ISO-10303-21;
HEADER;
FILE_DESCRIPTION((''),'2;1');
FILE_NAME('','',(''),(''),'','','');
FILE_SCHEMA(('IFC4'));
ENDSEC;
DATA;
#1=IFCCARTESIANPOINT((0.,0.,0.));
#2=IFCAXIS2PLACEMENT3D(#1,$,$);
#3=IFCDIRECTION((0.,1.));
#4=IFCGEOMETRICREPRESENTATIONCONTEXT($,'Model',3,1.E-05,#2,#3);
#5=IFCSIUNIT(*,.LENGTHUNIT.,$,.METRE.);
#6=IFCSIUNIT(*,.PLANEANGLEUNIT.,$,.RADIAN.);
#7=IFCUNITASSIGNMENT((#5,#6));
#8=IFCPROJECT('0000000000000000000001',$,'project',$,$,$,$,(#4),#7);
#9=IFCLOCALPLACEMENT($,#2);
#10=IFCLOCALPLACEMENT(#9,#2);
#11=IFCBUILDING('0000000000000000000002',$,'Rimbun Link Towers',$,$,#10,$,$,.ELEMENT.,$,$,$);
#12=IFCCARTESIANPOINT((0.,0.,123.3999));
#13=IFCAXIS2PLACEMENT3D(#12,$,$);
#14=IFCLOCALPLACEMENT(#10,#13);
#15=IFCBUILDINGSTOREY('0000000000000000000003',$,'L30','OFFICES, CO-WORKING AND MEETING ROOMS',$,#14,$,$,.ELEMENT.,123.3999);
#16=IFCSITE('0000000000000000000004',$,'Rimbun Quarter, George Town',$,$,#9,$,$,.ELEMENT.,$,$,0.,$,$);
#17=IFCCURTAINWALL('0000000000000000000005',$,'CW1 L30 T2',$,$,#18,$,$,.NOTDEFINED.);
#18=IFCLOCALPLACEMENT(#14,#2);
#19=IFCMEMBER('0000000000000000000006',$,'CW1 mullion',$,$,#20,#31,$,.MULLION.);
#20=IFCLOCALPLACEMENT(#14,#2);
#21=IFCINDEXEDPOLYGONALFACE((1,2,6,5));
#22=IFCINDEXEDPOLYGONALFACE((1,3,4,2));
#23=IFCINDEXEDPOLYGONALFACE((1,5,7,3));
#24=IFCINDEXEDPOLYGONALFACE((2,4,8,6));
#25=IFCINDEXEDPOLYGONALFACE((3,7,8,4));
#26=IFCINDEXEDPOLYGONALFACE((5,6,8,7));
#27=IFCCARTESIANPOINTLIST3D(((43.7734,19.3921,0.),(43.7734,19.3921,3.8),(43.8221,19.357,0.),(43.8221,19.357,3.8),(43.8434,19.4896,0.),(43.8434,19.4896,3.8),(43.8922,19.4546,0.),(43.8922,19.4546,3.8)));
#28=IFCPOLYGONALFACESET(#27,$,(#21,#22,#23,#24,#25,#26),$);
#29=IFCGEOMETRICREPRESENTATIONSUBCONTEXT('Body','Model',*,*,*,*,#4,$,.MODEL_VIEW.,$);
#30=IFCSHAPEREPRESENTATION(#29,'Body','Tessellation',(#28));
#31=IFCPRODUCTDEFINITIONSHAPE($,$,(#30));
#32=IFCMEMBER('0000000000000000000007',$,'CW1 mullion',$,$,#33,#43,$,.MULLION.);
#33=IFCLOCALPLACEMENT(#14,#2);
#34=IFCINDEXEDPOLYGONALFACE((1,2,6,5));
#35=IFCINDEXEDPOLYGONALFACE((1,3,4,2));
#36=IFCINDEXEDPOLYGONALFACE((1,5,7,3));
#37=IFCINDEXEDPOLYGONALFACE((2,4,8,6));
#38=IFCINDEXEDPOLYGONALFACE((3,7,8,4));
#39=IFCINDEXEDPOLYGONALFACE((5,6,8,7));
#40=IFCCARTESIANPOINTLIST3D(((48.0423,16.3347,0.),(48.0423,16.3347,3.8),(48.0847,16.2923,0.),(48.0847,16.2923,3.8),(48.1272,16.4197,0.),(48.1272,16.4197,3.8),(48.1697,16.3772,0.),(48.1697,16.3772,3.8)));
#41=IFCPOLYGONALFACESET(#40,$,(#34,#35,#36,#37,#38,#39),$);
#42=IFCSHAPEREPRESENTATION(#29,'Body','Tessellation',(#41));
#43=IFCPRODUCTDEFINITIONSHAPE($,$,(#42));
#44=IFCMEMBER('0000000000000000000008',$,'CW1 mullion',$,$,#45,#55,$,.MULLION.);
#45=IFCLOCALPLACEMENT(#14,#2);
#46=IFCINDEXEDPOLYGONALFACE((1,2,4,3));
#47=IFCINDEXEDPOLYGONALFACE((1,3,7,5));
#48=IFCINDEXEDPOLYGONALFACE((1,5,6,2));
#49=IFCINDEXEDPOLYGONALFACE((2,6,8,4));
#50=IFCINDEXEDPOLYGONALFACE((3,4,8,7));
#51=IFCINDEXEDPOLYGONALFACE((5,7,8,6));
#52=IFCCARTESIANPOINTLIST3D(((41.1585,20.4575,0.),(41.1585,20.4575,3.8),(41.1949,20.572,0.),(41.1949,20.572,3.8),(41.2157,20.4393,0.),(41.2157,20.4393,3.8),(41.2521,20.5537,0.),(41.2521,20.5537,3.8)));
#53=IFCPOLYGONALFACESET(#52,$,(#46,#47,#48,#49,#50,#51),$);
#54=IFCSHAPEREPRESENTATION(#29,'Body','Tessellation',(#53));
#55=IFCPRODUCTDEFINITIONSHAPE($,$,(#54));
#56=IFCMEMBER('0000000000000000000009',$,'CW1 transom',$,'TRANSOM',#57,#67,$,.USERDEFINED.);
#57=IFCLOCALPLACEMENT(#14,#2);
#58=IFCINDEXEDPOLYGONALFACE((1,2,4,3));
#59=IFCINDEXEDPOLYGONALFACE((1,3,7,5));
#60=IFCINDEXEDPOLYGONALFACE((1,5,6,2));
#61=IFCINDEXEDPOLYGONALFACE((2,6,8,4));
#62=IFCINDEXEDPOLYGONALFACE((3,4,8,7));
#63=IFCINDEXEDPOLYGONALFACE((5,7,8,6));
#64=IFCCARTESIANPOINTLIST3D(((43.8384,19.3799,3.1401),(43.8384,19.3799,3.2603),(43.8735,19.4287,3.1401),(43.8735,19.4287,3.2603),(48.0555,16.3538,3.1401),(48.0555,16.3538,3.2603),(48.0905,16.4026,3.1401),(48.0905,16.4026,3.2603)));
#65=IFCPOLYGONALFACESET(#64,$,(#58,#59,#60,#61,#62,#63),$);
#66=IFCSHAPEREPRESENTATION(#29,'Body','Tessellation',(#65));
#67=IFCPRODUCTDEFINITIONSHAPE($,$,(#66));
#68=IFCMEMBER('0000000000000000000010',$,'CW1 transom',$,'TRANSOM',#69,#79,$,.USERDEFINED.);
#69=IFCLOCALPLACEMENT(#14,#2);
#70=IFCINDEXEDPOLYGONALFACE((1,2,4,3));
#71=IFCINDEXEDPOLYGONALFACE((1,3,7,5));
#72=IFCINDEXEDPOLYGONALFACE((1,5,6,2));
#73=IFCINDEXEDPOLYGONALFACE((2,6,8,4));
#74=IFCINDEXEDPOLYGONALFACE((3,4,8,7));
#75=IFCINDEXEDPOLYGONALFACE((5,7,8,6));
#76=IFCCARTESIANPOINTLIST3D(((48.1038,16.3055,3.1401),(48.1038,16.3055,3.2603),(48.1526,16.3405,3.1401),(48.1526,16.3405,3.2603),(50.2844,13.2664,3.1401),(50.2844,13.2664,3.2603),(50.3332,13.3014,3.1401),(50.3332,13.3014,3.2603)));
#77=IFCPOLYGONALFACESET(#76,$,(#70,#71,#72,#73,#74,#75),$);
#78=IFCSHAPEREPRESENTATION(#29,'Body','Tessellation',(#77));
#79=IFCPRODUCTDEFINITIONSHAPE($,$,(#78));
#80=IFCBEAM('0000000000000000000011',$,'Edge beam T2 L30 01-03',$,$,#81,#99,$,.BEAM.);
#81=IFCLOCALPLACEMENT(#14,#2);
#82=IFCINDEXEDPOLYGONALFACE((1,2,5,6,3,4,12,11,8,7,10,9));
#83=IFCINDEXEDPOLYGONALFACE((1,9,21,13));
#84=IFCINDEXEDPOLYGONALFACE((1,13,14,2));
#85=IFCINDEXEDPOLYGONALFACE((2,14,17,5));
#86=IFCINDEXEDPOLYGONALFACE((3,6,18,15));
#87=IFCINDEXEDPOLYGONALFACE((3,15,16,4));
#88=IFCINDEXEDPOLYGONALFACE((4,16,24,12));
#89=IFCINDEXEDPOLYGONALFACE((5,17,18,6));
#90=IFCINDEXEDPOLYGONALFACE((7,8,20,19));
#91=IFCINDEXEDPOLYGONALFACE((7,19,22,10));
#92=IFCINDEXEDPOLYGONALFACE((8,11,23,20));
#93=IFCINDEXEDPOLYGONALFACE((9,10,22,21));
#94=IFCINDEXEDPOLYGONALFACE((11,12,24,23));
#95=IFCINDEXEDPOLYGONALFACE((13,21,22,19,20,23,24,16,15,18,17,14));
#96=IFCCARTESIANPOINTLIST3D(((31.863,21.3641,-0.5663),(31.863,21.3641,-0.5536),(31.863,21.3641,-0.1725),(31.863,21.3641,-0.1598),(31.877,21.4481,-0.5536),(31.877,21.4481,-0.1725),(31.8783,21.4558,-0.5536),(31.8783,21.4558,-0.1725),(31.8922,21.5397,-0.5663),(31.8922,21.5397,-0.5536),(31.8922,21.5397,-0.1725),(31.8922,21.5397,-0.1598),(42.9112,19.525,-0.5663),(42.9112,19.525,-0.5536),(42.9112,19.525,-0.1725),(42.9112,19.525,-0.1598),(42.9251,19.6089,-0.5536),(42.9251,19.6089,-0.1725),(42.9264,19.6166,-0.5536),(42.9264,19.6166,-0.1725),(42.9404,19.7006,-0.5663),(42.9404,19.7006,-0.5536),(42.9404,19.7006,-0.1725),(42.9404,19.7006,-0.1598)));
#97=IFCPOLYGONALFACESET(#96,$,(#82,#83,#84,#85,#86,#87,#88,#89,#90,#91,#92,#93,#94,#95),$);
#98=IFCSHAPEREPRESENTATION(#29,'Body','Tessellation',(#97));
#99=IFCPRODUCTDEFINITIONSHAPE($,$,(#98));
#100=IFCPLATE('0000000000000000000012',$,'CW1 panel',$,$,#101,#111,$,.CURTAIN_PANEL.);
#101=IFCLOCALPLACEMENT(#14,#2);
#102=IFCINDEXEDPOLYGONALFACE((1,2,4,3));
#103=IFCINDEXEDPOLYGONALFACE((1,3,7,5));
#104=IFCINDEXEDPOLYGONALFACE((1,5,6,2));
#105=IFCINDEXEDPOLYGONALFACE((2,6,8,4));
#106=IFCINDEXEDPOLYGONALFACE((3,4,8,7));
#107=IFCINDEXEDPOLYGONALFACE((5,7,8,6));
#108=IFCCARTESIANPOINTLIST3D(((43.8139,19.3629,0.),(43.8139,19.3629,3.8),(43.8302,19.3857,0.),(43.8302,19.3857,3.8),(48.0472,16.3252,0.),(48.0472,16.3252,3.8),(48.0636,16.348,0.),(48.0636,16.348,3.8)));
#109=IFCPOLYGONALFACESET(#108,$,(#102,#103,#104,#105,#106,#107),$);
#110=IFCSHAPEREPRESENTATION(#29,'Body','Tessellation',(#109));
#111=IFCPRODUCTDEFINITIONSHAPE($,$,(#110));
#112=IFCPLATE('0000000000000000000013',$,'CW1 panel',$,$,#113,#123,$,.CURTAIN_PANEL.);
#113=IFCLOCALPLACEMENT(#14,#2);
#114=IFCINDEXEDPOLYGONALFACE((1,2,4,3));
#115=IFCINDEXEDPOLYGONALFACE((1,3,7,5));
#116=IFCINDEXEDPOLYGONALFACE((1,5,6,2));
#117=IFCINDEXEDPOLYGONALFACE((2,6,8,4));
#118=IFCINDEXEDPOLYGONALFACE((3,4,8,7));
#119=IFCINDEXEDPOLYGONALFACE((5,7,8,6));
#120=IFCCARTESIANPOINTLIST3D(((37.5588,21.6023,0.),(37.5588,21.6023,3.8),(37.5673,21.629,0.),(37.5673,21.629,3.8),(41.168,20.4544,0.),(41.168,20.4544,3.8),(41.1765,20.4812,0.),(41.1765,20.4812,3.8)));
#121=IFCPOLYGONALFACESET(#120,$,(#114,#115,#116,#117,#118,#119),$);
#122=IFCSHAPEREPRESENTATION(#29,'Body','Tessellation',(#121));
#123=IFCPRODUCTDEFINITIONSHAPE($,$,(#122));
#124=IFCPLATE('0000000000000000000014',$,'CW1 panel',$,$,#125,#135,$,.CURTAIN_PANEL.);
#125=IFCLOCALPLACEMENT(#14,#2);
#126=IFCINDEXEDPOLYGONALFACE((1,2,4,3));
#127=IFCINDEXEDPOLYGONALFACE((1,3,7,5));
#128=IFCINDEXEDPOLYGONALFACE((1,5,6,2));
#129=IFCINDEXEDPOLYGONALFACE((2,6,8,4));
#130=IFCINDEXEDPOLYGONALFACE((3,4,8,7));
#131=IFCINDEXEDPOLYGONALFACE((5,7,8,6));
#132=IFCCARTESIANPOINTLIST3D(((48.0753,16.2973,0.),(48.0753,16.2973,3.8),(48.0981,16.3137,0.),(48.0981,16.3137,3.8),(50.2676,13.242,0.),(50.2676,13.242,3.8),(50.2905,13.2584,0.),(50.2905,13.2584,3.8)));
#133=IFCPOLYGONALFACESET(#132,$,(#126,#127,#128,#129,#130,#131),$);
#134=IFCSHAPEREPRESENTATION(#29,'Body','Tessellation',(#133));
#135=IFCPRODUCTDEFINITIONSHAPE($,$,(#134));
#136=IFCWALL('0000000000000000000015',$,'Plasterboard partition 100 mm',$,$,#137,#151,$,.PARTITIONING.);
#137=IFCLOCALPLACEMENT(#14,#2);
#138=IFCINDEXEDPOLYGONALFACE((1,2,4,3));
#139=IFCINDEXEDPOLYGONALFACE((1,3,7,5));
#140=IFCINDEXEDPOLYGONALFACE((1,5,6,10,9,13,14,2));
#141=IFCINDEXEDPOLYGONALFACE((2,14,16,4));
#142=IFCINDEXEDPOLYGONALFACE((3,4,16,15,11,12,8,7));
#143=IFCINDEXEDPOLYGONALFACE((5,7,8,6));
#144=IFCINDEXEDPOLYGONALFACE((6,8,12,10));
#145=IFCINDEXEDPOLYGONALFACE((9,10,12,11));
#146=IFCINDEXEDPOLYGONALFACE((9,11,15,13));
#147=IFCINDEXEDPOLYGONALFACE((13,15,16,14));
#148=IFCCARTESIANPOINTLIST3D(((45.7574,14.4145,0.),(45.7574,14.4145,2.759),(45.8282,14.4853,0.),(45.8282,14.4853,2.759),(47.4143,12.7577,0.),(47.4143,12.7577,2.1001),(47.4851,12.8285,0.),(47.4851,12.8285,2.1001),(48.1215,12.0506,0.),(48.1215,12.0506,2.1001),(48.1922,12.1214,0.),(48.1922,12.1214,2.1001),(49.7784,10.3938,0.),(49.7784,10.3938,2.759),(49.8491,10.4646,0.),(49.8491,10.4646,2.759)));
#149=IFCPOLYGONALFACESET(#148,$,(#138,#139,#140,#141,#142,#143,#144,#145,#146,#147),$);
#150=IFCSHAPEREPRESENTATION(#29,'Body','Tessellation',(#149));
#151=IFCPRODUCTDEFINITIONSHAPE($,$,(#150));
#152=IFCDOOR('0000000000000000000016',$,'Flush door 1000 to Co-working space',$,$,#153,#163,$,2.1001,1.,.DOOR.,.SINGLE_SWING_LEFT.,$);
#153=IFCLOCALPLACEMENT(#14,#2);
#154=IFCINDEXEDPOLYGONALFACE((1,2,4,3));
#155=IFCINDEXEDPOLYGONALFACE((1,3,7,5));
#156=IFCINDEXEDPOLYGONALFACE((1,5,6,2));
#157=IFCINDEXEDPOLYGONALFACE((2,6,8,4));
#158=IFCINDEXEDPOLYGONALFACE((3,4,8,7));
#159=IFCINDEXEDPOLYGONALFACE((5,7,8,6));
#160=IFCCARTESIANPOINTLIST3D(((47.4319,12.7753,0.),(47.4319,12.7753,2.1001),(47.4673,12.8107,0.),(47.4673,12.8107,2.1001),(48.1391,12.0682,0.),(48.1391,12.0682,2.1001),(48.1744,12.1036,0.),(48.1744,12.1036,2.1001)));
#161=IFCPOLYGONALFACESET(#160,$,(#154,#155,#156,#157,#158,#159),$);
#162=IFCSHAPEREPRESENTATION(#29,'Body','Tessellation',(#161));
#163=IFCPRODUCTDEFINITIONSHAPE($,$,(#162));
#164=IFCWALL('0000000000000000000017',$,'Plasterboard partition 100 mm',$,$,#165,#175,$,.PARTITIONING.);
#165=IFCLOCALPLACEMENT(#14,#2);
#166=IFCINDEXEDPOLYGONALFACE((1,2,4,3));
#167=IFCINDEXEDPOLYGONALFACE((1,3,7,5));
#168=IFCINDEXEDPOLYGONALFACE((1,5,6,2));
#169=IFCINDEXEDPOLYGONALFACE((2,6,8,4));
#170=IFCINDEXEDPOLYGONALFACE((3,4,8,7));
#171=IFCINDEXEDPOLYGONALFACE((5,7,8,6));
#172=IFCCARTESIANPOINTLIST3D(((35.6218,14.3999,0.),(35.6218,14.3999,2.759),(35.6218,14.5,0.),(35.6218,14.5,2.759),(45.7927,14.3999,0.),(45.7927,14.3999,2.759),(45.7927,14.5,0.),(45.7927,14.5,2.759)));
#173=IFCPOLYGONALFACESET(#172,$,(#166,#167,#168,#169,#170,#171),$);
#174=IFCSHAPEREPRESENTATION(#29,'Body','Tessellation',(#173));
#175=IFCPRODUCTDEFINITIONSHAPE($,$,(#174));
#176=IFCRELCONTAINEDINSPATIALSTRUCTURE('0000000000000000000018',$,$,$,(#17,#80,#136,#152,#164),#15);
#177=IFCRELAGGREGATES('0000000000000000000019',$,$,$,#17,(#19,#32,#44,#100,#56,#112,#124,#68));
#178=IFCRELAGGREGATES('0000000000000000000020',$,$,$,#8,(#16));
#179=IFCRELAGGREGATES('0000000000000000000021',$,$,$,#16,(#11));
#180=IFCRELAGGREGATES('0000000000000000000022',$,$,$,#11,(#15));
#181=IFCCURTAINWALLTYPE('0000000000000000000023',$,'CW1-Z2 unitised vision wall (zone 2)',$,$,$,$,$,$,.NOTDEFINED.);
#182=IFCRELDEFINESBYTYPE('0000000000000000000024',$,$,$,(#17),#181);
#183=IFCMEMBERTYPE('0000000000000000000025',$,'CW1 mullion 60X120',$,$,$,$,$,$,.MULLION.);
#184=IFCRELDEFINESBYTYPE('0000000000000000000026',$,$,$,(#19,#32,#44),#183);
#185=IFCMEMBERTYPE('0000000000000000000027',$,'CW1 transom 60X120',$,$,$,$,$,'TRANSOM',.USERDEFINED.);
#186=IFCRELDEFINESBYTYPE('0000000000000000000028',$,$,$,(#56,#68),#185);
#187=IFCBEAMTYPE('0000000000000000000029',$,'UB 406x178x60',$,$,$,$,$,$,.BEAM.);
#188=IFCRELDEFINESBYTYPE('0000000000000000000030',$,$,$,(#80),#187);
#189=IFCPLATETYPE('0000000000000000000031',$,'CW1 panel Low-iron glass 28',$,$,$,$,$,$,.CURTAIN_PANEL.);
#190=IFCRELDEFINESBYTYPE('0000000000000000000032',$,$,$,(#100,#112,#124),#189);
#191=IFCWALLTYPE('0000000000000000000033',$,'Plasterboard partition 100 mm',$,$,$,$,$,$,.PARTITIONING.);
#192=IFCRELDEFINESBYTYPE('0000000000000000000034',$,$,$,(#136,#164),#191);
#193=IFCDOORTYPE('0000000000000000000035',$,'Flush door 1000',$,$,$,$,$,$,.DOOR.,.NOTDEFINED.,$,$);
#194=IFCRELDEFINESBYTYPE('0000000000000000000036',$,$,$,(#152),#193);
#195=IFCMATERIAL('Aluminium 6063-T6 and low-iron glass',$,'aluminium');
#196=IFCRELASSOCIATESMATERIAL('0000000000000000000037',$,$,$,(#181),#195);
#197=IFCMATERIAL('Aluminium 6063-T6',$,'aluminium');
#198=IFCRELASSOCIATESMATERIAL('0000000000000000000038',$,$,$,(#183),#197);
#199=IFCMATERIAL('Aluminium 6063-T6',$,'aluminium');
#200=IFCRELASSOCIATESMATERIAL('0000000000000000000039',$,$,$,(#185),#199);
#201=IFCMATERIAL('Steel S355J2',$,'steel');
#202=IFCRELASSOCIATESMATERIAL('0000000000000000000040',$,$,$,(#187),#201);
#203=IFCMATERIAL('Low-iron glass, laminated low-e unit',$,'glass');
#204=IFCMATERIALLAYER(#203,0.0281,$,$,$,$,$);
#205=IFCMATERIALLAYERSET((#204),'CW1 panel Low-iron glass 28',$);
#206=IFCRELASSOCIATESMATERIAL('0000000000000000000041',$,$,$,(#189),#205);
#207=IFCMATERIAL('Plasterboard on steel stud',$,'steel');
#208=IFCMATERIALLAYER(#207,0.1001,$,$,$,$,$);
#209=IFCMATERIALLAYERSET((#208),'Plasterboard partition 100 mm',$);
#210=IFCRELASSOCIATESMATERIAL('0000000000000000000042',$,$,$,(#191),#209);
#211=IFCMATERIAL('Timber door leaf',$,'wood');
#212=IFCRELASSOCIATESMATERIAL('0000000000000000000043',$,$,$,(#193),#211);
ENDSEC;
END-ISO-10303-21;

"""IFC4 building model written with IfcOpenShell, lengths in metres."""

from ifc_helpers import new_model, si_unit, direction, frame, frame_2d, origin, origin_2d, place, context, subcontext, project, spatial, rectangle, i_section, extrude, material, layer, layer_set, material_profile, profile_set, type_object, element, fill, aggregate, save


model = new_model("IFC4")

# Units and contexts
model_context = context("Model", 3, precision=1e-05, world=origin(), true_north=direction((0.0, 1.0)))
body_context = subcontext(model_context, "Body", "Model", "MODEL_VIEW")
ifc_project = project(units=[si_unit("LENGTHUNIT", "METRE"), si_unit("PLANEANGLEUNIT", "RADIAN")], contexts=[model_context])

# Site, building, storey
site_placement = place(None, origin())
site = spatial("IfcSite", under=ifc_project, at=site_placement, Name="Rimbun Quarter, George Town", CompositionType="ELEMENT", RefElevation=0.0)
building_placement = place(site_placement, origin())
building = spatial("IfcBuilding", under=site, at=building_placement, Name="Rimbun Link Towers", CompositionType="ELEMENT")
storey_placement = place(building_placement, frame((0.0, 0.0, 123.3999)))
storey = spatial("IfcBuildingStorey", under=building, at=storey_placement, Name="L30", Description="OFFICES, CO-WORKING AND MEETING ROOMS", CompositionType="ELEMENT", Elevation=123.3999)

# Curtain wall, members
ifc_material_1 = material(Name="Aluminium 6063-T6 and low-iron glass", Category="aluminium")
curtain_wall_type = type_object("IfcCurtainWallType", Name="CW1-Z2 unitised vision wall (zone 2)", PredefinedType="NOTDEFINED", material=ifc_material_1)
curtain_wall_placement = place(storey_placement, origin())
curtain_wall = element("IfcCurtainWall", 1, at=curtain_wall_placement, inside=storey, type_object=curtain_wall_type, Name="CW1 L30 T2", PredefinedType="NOTDEFINED")
ifc_material_2 = material(Name="Aluminium 6063-T6", Category="aluminium")
ifc_material_profile_1 = material_profile(ifc_material_2, rectangle(XDim=0.1201, YDim=0.0601, at=origin_2d()), Name="MULLION 60X120")
ifc_profile_set_1 = profile_set([ifc_material_profile_1], Name="Aluminium 6063-T6")
member_type_1 = type_object("IfcMemberType", Name="CW1 mullion 60X120", PredefinedType="MULLION", material=ifc_profile_set_1)
member_1_placement = place(storey_placement, frame((43.8328, 19.4233, 0.0), z_axis=(0.0, 0.0, 1.0), x_axis=(0.583004, 0.812469, 0.0)))
member_1 = element("IfcMember", 2, at=member_1_placement, type_object=member_type_1, Name="CW1 mullion", PredefinedType="MULLION", context=body_context, shape_type="SweptSolid", body=[
    extrude(rectangle(XDim=0.1201, YDim=0.0601, at=origin_2d()), origin(), (0.0, 0.0, 1.0), 3.8),
])
member_2_placement = place(storey_placement, frame((48.106, 16.356, 0.0), z_axis=(0.0, 0.0, 1.0), x_axis=(0.707107, 0.707107, 0.0)))
member_2 = element("IfcMember", 3, at=member_2_placement, type_object=member_type_1, Name="CW1 mullion", PredefinedType="MULLION", context=body_context, shape_type="SweptSolid", body=[
    extrude(rectangle(XDim=0.1201, YDim=0.0601, at=origin_2d()), origin(), (0.0, 0.0, 1.0), 3.8),
])
member_3_placement = place(storey_placement, frame((41.2053, 20.5056, 0.0), z_axis=(0.0, 0.0, 1.0), x_axis=(0.303073, 0.952967, 0.0)))
member_3 = element("IfcMember", 4, at=member_3_placement, type_object=member_type_1, Name="CW1 mullion", PredefinedType="MULLION", context=body_context, shape_type="SweptSolid", body=[
    extrude(rectangle(XDim=0.1201, YDim=0.0601, at=origin_2d()), origin(), (0.0, 0.0, 1.0), 3.8),
])
ifc_material_3 = material(Name="Aluminium 6063-T6", Category="aluminium")
ifc_material_profile_2 = material_profile(ifc_material_3, rectangle(XDim=0.0601, YDim=0.1201, at=origin_2d()), Name="TRANSOM 60X120")
ifc_profile_set_2 = profile_set([ifc_material_profile_2], Name="Aluminium 6063-T6")
member_type_2 = type_object("IfcMemberType", Name="CW1 transom 60X120", ElementType="TRANSOM", PredefinedType="USERDEFINED", material=ifc_profile_set_2)
member_4_placement = place(storey_placement, frame((43.856, 19.4043, 3.2002), z_axis=(0.81246, -0.583017, 0.0), x_axis=(0.583017, 0.81246, 0.0)))
member_4 = element("IfcMember", 5, at=member_4_placement, type_object=member_type_2, Name="CW1 transom", ObjectType="TRANSOM", PredefinedType="USERDEFINED", context=body_context, shape_type="SweptSolid", body=[
    extrude(rectangle(XDim=0.0601, YDim=0.1201, at=origin_2d()), origin(), (0.0, 0.0, 1.0), 5.1904),
])
member_5_placement = place(storey_placement, frame((48.1282, 16.323, 3.2002), z_axis=(0.58299, -0.812479, 0.0), x_axis=(0.812479, 0.58299, 0.0)))
member_5 = element("IfcMember", 6, at=member_5_placement, type_object=member_type_2, Name="CW1 transom", ObjectType="TRANSOM", PredefinedType="USERDEFINED", context=body_context, shape_type="SweptSolid", body=[
    extrude(rectangle(XDim=0.0601, YDim=0.1201, at=origin_2d()), origin(), (0.0, 0.0, 1.0), 3.7405),
])

# Beam
ifc_material_4 = material(Name="Steel S355J2", Category="steel")
ifc_material_profile_3 = material_profile(ifc_material_4, i_section(OverallWidth=0.178, OverallDepth=0.4065, WebThickness=0.0078, FlangeThickness=0.0127, at=origin_2d()), Name="UB 406x178x60")
ifc_profile_set_3 = profile_set([ifc_material_profile_3], Name="Steel S355J2")
beam_type = type_object("IfcBeamType", Name="UB 406x178x60", PredefinedType="BEAM", material=ifc_profile_set_3)
beam_placement = place(storey_placement, frame((42.9258, 19.6128, -0.363), z_axis=(-0.986426, 0.164205, 0.0), x_axis=(-0.164205, -0.986426, 0.0)))
element("IfcBeam", 7, at=beam_placement, inside=storey, type_object=beam_type, Name="Edge beam T2 L30 01-03", PredefinedType="BEAM", context=body_context, shape_type="SweptSolid", body=[
    extrude(i_section(OverallWidth=0.178, OverallDepth=0.4065, WebThickness=0.0078, FlangeThickness=0.0127, at=origin_2d()), origin(), (0.0, 0.0, 1.0), 11.2002),
])

# Plates
ifc_material_5 = material(Name="Low-iron glass, laminated low-e unit", Category="glass")
ifc_layer_1 = layer(ifc_material_5, 0.0281)
ifc_layer_set_1 = layer_set([ifc_layer_1], Name="CW1 panel Low-iron glass 28")
plate_type = type_object("IfcPlateType", Name="CW1 panel Low-iron glass 28", PredefinedType="CURTAIN_PANEL", material=ifc_layer_set_1)
plate_1_placement = place(storey_placement, frame((45.9387, 17.8555, 0.0), z_axis=(0.0, 0.0, 1.0), x_axis=(0.812469, -0.583004, 0.0)))
plate_1 = element("IfcPlate", 8, at=plate_1_placement, type_object=plate_type, Name="CW1 panel", PredefinedType="CURTAIN_PANEL", context=body_context, shape_type="SweptSolid", body=[
    extrude(rectangle(XDim=5.2104, YDim=0.0281, at=origin_2d()), origin(), (0.0, 0.0, 1.0), 3.8),
])
plate_2_placement = place(storey_placement, frame((39.3677, 21.0417, 0.0), z_axis=(0.0, 0.0, 1.0), x_axis=(0.952967, -0.303073, 0.0)))
plate_2 = element("IfcPlate", 9, at=plate_2_placement, type_object=plate_type, Name="CW1 panel", PredefinedType="CURTAIN_PANEL", context=body_context, shape_type="SweptSolid", body=[
    extrude(rectangle(XDim=3.7874, YDim=0.0281, at=origin_2d()), origin(), (0.0, 0.0, 1.0), 3.8),
])
plate_3_placement = place(storey_placement, frame((49.1829, 14.7778, 0.0), z_axis=(0.0, 0.0, 1.0), x_axis=(0.583004, -0.812469, 0.0)))
plate_3 = element("IfcPlate", 10, at=plate_3_placement, type_object=plate_type, Name="CW1 panel", PredefinedType="CURTAIN_PANEL", context=body_context, shape_type="SweptSolid", body=[
    extrude(rectangle(XDim=3.7605, YDim=0.0281, at=origin_2d()), origin(), (0.0, 0.0, 1.0), 3.8),
])
aggregate(curtain_wall, [member_1, member_2, member_3, plate_1, member_4, plate_2, plate_3, member_5])

# Wall, opening, door
ifc_material_6 = material(Name="Plasterboard on steel stud", Category="steel")
ifc_layer_2 = layer(ifc_material_6, 0.1001)
ifc_layer_set_2 = layer_set([ifc_layer_2], Name="Plasterboard partition 100 mm")
wall_type = type_object("IfcWallType", Name="Plasterboard partition 100 mm", PredefinedType="PARTITIONING", material=ifc_layer_set_2)
wall_1_placement = place(storey_placement, frame((45.7927, 14.45, 0.0), z_axis=(0.0, 0.0, 1.0), x_axis=(0.707128, -0.707085, 0.0)))
wall_1 = element("IfcWall", 11, at=wall_1_placement, inside=storey, type_object=wall_type, Name="Plasterboard partition 100 mm", PredefinedType="PARTITIONING", context=body_context, shape_type="SweptSolid", body=[
    extrude(rectangle(XDim=5.6863, YDim=0.1001, at=frame_2d((2.8433, 0.0))), origin(), (0.0, 0.0, 1.0), 2.759),
])
opening_placement = place(wall_1_placement, frame((2.3433, 0.0, 0.0)))
opening = element("IfcOpeningElement", 12, at=opening_placement, cuts=wall_1, PredefinedType="OPENING", context=body_context, shape_type="SweptSolid", body=[
    extrude(rectangle(XDim=1.0, YDim=2.1001, at=frame_2d((0.5, 1.05))), frame((0.0, 0.0601, 0.0), z_axis=(0.0, -1.0, 0.0), x_axis=(1.0, 0.0, 0.0)), (0.0, 0.0, 1.0), 0.1201),
])
ifc_material_7 = material(Name="Timber door leaf", Category="wood")
door_type = type_object("IfcDoorType", Name="Flush door 1000", OperationType="NOTDEFINED", PredefinedType="DOOR", material=ifc_material_7)
door_placement = place(opening_placement, origin())
door = element("IfcDoor", 13, at=door_placement, inside=storey, type_object=door_type, Name="Flush door 1000 to Co-working space", OperationType="SINGLE_SWING_LEFT", OverallHeight=2.1001, OverallWidth=1.0, PredefinedType="DOOR", context=body_context, shape_type="SweptSolid", body=[
    extrude(rectangle(XDim=1.0, YDim=2.1001, at=frame_2d((0.5, 1.05))), frame((0.0, 0.0249, 0.0), z_axis=(0.0, -1.0, 0.0), x_axis=(1.0, 0.0, 0.0)), (0.0, 0.0, 1.0), 0.05),
])
fill(opening, door)

# Wall
wall_2_placement = place(storey_placement, frame((45.7927, 14.45, 0.0), z_axis=(0.0, 0.0, 1.0), x_axis=(-1.0, 0.0, 0.0)))
element("IfcWall", 14, at=wall_2_placement, inside=storey, type_object=wall_type, Name="Plasterboard partition 100 mm", PredefinedType="PARTITIONING", context=body_context, shape_type="SweptSolid", body=[
    extrude(rectangle(XDim=10.1709, YDim=0.1001, at=frame_2d((5.0854, 0.0))), origin(), (0.0, 0.0, 1.0), 2.759),
])

save(model, "model.ifc")
